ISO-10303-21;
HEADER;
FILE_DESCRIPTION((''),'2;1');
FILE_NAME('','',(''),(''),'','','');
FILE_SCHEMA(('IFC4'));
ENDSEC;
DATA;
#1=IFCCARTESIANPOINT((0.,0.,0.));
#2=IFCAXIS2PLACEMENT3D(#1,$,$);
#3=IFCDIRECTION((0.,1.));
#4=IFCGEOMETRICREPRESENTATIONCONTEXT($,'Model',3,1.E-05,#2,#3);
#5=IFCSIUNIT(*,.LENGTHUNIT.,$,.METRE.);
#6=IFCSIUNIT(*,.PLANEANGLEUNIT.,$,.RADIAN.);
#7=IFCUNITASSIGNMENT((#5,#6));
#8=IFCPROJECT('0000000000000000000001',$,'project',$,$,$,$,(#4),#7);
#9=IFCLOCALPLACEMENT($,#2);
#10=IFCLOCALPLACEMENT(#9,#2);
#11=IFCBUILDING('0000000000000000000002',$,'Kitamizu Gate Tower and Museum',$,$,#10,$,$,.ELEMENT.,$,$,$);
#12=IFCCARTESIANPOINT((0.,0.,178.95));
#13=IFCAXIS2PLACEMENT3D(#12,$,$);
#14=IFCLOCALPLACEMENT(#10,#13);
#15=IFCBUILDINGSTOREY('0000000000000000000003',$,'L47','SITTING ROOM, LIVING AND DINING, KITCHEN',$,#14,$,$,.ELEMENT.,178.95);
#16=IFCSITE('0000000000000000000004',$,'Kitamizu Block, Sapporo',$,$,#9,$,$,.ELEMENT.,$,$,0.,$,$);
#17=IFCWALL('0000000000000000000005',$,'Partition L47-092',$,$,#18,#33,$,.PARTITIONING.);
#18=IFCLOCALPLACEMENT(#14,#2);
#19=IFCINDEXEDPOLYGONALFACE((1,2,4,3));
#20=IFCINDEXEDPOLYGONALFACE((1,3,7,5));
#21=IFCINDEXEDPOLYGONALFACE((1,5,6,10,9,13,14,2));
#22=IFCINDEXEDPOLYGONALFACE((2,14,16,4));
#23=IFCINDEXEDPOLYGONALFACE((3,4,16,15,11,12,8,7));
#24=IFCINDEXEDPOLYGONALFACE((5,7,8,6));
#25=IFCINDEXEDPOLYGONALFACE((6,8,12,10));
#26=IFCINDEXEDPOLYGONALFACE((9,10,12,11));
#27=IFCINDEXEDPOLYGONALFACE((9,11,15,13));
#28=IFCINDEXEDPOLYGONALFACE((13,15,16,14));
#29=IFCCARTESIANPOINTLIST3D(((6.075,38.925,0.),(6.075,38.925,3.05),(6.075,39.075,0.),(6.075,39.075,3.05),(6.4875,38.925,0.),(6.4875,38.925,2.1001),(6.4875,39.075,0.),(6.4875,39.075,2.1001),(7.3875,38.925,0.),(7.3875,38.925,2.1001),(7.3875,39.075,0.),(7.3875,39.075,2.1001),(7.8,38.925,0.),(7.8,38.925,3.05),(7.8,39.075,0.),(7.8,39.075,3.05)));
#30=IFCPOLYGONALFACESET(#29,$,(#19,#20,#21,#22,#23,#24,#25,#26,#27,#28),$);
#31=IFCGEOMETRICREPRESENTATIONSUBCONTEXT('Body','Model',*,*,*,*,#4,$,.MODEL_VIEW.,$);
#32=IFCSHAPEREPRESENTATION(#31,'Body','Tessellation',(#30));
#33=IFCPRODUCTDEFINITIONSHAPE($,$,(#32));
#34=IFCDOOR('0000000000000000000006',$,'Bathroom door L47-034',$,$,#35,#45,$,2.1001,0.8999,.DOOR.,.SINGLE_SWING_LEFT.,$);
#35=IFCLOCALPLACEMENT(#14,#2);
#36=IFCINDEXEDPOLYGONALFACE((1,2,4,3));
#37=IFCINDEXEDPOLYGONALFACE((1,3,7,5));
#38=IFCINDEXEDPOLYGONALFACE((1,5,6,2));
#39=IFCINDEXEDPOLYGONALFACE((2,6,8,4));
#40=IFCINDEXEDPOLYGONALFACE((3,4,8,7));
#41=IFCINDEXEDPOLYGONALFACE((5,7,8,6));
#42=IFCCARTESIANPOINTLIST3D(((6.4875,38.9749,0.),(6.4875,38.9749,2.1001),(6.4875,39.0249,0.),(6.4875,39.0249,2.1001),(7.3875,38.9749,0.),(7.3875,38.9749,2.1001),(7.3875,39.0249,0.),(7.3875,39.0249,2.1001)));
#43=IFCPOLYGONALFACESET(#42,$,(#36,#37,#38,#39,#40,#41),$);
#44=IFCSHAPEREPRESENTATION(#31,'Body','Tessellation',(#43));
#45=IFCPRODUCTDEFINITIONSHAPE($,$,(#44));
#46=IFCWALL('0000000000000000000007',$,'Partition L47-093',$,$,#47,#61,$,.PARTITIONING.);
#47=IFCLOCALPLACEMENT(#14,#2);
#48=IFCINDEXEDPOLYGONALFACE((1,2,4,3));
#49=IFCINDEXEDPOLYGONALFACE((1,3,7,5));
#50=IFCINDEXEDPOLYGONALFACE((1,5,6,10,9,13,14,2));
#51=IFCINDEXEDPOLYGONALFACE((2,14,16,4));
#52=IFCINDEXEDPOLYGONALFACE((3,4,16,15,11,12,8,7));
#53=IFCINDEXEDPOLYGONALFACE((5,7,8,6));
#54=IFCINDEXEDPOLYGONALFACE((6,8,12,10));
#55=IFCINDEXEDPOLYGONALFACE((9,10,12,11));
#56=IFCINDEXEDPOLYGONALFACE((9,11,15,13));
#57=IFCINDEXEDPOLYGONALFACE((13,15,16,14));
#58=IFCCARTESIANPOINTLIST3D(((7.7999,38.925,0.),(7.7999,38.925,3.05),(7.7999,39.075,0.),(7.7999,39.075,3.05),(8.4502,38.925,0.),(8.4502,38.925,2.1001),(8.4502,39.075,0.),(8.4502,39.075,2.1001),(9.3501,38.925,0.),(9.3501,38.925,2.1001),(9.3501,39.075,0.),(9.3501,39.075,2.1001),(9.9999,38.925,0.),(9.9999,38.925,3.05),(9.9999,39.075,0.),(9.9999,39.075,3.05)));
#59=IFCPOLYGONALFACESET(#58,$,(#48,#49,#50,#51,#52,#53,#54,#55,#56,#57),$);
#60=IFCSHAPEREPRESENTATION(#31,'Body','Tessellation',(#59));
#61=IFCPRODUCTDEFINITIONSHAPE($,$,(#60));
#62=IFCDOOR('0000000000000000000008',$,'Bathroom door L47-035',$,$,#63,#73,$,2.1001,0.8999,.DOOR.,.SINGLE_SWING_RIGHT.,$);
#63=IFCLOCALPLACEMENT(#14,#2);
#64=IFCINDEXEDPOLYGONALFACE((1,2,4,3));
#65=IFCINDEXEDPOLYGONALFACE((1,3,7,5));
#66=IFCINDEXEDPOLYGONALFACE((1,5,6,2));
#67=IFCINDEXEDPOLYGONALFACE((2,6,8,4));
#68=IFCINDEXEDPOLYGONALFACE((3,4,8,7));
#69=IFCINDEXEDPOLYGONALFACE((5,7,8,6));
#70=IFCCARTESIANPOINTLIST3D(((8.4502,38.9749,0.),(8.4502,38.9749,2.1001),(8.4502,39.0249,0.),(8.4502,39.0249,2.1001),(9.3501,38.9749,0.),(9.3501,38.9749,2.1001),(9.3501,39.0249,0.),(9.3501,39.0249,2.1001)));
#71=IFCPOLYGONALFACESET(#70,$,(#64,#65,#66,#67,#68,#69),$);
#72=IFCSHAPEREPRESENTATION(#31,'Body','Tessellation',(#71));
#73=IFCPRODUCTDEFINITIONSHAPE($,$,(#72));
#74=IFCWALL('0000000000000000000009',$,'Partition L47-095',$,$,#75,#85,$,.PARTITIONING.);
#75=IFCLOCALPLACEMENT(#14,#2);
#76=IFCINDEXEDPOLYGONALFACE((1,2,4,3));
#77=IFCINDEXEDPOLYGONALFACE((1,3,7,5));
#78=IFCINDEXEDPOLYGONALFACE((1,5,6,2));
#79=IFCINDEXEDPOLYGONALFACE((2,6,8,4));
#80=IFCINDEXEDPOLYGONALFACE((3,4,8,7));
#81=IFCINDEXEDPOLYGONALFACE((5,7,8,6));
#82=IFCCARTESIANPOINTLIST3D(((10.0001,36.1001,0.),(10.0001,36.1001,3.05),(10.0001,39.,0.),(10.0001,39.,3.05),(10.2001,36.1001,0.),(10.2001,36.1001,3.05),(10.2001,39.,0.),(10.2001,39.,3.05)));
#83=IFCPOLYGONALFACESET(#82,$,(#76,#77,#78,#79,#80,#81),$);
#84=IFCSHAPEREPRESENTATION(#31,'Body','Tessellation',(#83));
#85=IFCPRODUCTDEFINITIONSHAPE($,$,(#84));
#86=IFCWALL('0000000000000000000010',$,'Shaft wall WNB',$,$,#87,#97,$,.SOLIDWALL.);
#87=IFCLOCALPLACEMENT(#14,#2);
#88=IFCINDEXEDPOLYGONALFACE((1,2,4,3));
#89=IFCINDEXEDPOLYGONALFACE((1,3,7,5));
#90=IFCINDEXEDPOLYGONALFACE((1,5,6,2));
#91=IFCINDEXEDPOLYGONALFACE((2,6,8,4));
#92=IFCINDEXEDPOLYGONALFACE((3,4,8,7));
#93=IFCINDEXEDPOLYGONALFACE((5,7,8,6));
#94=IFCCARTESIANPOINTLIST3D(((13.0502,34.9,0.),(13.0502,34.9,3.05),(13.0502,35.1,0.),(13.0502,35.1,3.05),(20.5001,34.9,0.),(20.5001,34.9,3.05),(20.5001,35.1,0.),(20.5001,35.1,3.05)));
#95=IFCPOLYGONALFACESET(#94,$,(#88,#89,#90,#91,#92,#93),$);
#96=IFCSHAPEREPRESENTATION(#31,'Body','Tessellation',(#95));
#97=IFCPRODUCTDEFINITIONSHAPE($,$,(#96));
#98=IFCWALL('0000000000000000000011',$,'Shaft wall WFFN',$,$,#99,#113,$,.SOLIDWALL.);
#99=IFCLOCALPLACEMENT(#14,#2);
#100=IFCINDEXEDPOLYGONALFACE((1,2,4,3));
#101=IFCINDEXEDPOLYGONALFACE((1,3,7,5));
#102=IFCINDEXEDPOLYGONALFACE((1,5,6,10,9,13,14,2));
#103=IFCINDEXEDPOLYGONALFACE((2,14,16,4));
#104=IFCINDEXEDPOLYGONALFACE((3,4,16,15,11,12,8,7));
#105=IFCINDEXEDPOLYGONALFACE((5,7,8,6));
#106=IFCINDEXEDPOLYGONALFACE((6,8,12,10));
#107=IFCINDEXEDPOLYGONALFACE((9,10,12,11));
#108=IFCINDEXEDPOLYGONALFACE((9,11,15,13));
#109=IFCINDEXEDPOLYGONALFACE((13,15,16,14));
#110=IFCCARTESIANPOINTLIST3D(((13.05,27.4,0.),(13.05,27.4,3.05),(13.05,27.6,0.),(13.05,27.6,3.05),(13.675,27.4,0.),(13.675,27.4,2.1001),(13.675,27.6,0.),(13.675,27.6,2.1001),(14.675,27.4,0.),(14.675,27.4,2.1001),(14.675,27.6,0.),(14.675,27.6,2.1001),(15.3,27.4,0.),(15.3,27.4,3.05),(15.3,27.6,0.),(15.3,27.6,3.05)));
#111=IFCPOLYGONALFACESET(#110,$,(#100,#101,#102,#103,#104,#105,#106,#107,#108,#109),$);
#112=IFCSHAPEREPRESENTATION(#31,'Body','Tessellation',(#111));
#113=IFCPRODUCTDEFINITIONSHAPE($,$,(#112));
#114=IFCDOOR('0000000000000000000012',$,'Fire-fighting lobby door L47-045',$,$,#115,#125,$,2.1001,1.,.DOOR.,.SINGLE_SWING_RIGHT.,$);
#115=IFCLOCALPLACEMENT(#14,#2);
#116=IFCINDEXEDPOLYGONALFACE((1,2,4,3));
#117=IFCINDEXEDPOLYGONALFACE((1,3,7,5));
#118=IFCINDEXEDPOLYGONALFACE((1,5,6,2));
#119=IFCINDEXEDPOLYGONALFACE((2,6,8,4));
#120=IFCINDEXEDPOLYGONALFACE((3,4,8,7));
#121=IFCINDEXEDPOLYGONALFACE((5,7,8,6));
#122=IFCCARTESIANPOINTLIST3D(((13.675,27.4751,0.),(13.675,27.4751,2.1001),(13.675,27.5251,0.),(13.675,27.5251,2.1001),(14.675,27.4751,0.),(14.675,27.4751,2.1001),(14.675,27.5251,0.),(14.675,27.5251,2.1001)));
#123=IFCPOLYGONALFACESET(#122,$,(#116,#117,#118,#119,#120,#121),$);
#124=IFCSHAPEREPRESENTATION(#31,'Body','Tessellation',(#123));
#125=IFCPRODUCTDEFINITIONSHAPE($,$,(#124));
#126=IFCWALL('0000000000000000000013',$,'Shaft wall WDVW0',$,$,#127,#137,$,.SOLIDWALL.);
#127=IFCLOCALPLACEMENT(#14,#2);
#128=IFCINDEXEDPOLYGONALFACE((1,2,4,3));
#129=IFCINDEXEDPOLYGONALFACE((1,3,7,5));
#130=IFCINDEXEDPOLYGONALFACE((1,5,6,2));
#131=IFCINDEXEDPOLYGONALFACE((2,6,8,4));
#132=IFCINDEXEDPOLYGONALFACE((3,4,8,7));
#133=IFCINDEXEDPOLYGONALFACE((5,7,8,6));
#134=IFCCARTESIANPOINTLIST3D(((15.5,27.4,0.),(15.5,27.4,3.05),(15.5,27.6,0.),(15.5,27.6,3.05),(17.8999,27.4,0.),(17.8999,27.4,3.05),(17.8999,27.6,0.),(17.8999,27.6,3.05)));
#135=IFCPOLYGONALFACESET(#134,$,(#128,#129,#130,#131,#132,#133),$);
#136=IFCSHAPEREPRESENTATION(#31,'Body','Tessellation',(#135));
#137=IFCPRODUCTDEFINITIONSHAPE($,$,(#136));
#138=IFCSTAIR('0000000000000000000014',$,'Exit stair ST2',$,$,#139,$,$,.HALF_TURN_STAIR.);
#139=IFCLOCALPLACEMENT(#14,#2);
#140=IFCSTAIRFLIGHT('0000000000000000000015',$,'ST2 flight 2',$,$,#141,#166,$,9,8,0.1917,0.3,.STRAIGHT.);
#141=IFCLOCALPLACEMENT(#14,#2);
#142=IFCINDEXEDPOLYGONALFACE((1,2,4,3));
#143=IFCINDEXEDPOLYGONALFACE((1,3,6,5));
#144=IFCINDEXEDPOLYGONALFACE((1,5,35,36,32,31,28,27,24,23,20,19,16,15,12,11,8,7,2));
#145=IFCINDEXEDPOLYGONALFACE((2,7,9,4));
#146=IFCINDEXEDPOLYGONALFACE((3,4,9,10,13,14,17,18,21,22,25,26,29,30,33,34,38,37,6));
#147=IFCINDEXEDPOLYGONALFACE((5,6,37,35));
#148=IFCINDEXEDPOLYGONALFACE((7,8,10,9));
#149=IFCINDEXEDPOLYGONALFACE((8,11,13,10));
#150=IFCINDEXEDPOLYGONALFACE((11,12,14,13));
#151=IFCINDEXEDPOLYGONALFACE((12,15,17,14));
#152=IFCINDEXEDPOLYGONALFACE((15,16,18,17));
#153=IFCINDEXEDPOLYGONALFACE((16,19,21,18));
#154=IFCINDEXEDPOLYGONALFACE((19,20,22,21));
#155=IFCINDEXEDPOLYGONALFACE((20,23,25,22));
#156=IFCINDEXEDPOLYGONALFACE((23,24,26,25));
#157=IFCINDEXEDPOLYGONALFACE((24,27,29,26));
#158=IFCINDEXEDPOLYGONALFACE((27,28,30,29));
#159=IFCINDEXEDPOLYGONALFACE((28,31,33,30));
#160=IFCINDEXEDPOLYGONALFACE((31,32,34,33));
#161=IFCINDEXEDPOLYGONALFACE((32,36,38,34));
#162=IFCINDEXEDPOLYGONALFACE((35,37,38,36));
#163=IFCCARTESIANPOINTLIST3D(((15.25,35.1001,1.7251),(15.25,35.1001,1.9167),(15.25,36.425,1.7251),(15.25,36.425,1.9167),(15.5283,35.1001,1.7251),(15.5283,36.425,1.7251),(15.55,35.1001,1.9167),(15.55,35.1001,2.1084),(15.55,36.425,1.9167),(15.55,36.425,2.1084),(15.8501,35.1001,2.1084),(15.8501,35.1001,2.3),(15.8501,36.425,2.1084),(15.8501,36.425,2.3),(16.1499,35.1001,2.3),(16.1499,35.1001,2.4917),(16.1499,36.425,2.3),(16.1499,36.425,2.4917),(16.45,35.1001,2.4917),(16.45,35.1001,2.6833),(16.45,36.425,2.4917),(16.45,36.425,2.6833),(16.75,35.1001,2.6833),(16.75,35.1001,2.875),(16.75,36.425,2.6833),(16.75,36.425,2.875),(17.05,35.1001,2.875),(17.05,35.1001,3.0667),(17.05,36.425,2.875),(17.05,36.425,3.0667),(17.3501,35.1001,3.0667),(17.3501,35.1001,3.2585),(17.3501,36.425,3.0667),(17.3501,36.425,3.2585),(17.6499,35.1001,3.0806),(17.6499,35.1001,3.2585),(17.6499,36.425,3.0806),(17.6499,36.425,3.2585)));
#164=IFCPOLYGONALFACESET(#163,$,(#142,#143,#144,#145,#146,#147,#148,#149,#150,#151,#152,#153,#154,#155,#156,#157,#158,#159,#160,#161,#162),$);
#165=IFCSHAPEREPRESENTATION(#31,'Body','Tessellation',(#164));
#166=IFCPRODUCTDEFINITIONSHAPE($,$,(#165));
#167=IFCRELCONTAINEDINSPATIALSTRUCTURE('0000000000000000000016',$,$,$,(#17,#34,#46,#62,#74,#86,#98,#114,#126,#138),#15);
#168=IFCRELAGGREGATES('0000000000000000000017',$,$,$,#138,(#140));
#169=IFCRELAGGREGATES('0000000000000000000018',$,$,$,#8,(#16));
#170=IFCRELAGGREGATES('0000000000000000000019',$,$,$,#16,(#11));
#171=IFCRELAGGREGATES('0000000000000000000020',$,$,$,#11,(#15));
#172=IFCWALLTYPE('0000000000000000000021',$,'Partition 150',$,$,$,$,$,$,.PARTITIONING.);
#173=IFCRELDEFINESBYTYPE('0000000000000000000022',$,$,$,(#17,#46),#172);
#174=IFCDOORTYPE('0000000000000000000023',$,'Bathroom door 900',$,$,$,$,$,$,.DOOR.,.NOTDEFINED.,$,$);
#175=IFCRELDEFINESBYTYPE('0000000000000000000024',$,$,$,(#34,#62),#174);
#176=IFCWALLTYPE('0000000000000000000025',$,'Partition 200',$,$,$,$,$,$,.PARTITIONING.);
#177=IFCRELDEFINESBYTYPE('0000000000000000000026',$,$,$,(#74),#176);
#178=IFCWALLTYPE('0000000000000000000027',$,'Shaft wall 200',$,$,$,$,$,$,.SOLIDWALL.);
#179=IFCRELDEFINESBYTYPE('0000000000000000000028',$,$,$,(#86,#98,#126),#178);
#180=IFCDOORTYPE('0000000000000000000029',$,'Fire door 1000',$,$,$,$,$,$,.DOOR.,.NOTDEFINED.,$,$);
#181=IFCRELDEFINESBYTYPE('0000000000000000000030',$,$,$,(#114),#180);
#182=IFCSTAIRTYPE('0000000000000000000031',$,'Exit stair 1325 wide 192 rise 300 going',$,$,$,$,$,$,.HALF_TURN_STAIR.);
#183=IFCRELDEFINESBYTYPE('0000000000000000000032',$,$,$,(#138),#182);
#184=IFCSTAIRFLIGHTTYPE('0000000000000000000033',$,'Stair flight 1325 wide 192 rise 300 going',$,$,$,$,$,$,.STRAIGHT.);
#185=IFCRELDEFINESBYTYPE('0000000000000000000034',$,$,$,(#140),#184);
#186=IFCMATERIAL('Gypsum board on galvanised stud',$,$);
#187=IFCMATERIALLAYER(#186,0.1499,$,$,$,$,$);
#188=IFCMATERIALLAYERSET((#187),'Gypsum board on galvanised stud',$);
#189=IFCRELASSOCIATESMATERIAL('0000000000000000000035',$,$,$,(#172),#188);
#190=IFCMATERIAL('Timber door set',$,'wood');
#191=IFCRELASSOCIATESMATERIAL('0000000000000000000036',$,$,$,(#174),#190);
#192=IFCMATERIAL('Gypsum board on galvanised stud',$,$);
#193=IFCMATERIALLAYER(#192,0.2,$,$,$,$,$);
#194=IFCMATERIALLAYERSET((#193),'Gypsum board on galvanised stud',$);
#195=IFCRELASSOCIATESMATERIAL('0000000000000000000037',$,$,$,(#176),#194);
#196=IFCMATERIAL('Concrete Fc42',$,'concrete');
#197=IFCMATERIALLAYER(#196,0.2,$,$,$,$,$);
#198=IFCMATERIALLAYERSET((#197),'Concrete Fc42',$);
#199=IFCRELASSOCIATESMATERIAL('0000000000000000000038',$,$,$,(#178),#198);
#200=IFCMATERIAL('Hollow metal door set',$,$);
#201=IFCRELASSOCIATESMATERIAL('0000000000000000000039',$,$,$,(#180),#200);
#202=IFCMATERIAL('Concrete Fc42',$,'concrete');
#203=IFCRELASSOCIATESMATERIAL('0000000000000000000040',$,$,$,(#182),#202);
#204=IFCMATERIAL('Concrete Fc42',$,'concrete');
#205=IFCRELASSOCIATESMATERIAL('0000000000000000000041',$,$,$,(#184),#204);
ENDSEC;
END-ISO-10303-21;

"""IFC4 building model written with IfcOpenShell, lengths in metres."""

from ifc_helpers import new_model, si_unit, direction, frame, frame_2d, origin, place, context, subcontext, project, spatial, polyline, rectangle, outline, extrude, material, layer, layer_set, type_object, element, fill, aggregate, save


model = new_model("IFC4")

# Units and contexts
model_context = context("Model", 3, precision=1e-05, world=origin(), true_north=direction((0.0, 1.0)))
body_context = subcontext(model_context, "Body", "Model", "MODEL_VIEW")
ifc_project = project(units=[si_unit("LENGTHUNIT", "METRE"), si_unit("PLANEANGLEUNIT", "RADIAN")], contexts=[model_context])

# Site, building, storey
site_placement = place(None, origin())
site = spatial("IfcSite", under=ifc_project, at=site_placement, Name="Kitamizu Block, Sapporo", CompositionType="ELEMENT", RefElevation=0.0)
building_placement = place(site_placement, origin())
building = spatial("IfcBuilding", under=site, at=building_placement, Name="Kitamizu Gate Tower and Museum", CompositionType="ELEMENT")
storey_placement = place(building_placement, frame((0.0, 0.0, 178.95)))
storey = spatial("IfcBuildingStorey", under=building, at=storey_placement, Name="L47", Description="SITTING ROOM, LIVING AND DINING, KITCHEN", CompositionType="ELEMENT", Elevation=178.95)

# Shared definitions
ifc_material_1 = material(Name="Gypsum board on galvanised stud")
ifc_layer_1 = layer(ifc_material_1, 0.1499)
ifc_layer_set_1 = layer_set([ifc_layer_1], Name="Gypsum board on galvanised stud")
wall_type_1 = type_object("IfcWallType", Name="Partition 150", PredefinedType="PARTITIONING", material=ifc_layer_set_1)

# Walls, openings, doors
wall_1_placement = place(storey_placement, frame((7.8, 39.0, 0.0), z_axis=(0.0, 0.0, 1.0), x_axis=(-1.0, 0.0, 0.0)))
wall_1 = element("IfcWall", 1, at=wall_1_placement, inside=storey, type_object=wall_type_1, Name="Partition L47-092", PredefinedType="PARTITIONING", context=body_context, shape_type="SweptSolid", body=[
    extrude(rectangle(XDim=1.7251, YDim=0.1499, at=frame_2d((0.8625, 0.0))), origin(), (0.0, 0.0, 1.0), 3.05),
])
opening_1_placement = place(wall_1_placement, frame((0.4126, 0.0, 0.0)))
opening_1 = element("IfcOpeningElement", 2, at=opening_1_placement, cuts=wall_1, PredefinedType="OPENING", context=body_context, shape_type="SweptSolid", body=[
    extrude(rectangle(XDim=0.8999, YDim=2.1001, at=frame_2d((0.45, 1.05))), frame((0.0, 0.085, 0.0), z_axis=(0.0, -1.0, 0.0), x_axis=(1.0, 0.0, 0.0)), (0.0, 0.0, 1.0), 0.1699),
])
ifc_material_2 = material(Name="Timber door set", Category="wood")
door_type_1 = type_object("IfcDoorType", Name="Bathroom door 900", OperationType="NOTDEFINED", PredefinedType="DOOR", material=ifc_material_2)
door_1_placement = place(opening_1_placement, frame((0.8999, 0.0, 0.0), x_axis=(-1.0, 0.0, 0.0)))
door_1 = element("IfcDoor", 3, at=door_1_placement, inside=storey, type_object=door_type_1, Name="Bathroom door L47-034", OperationType="SINGLE_SWING_LEFT", OverallHeight=2.1001, OverallWidth=0.8999, PredefinedType="DOOR", context=body_context, shape_type="SweptSolid", body=[
    extrude(rectangle(XDim=0.8999, YDim=2.1001, at=frame_2d((0.45, 1.05))), frame((0.0, 0.0249, 0.0), z_axis=(0.0, -1.0, 0.0), x_axis=(1.0, 0.0, 0.0)), (0.0, 0.0, 1.0), 0.05),
])
fill(opening_1, door_1)
wall_2_placement = place(storey_placement, frame((10.0, 39.0, 0.0), z_axis=(0.0, 0.0, 1.0), x_axis=(-1.0, 0.0, 0.0)))
wall_2 = element("IfcWall", 4, at=wall_2_placement, inside=storey, type_object=wall_type_1, Name="Partition L47-093", PredefinedType="PARTITIONING", context=body_context, shape_type="SweptSolid", body=[
    extrude(rectangle(XDim=2.2, YDim=0.1499, at=frame_2d((1.1001, 0.0))), origin(), (0.0, 0.0, 1.0), 3.05),
])
opening_2_placement = place(wall_2_placement, frame((0.6499, 0.0, 0.0)))
opening_2 = element("IfcOpeningElement", 5, at=opening_2_placement, cuts=wall_2, PredefinedType="OPENING", context=body_context, shape_type="SweptSolid", body=[
    extrude(rectangle(XDim=0.8999, YDim=2.1001, at=frame_2d((0.45, 1.05))), frame((0.0, 0.085, 0.0), z_axis=(0.0, -1.0, 0.0), x_axis=(1.0, 0.0, 0.0)), (0.0, 0.0, 1.0), 0.1699),
])
door_2_placement = place(opening_2_placement, frame((0.8999, 0.0, 0.0), x_axis=(-1.0, 0.0, 0.0)))
door_2 = element("IfcDoor", 6, at=door_2_placement, inside=storey, type_object=door_type_1, Name="Bathroom door L47-035", OperationType="SINGLE_SWING_RIGHT", OverallHeight=2.1001, OverallWidth=0.8999, PredefinedType="DOOR", context=body_context, shape_type="SweptSolid", body=[
    extrude(rectangle(XDim=0.8999, YDim=2.1001, at=frame_2d((0.45, 1.05))), frame((0.0, 0.0249, 0.0), z_axis=(0.0, -1.0, 0.0), x_axis=(1.0, 0.0, 0.0)), (0.0, 0.0, 1.0), 0.05),
])
fill(opening_2, door_2)

# Walls
ifc_material_3 = material(Name="Gypsum board on galvanised stud")
ifc_layer_2 = layer(ifc_material_3, 0.2)
ifc_layer_set_2 = layer_set([ifc_layer_2], Name="Gypsum board on galvanised stud")
wall_type_2 = type_object("IfcWallType", Name="Partition 200", PredefinedType="PARTITIONING", material=ifc_layer_set_2)
wall_3_placement = place(storey_placement, frame((10.1001, 36.1001, 0.0), z_axis=(0.0, 0.0, 1.0), x_axis=(0.0, 1.0, 0.0)))
element("IfcWall", 7, at=wall_3_placement, inside=storey, type_object=wall_type_2, Name="Partition L47-095", PredefinedType="PARTITIONING", context=body_context, shape_type="SweptSolid", body=[
    extrude(rectangle(XDim=2.8999, YDim=0.2, at=frame_2d((1.45, 0.0))), origin(), (0.0, 0.0, 1.0), 3.05),
])
ifc_material_4 = material(Name="Concrete Fc42", Category="concrete")
ifc_layer_3 = layer(ifc_material_4, 0.2)
ifc_layer_set_3 = layer_set([ifc_layer_3], Name="Concrete Fc42")
wall_type_3 = type_object("IfcWallType", Name="Shaft wall 200", PredefinedType="SOLIDWALL", material=ifc_layer_set_3)
wall_4_placement = place(storey_placement, frame((13.05, 35.0, 0.0), z_axis=(0.0, 0.0, 1.0), x_axis=(1.0, 0.0, 0.0)))
element("IfcWall", 8, at=wall_4_placement, inside=storey, type_object=wall_type_3, Name="Shaft wall WNB", PredefinedType="SOLIDWALL", context=body_context, shape_type="SweptSolid", body=[
    extrude(rectangle(XDim=7.45, YDim=0.2, at=frame_2d((3.7251, 0.0))), origin(), (0.0, 0.0, 1.0), 3.05),
])

# Wall, opening, door
wall_5_placement = place(storey_placement, frame((13.05, 27.5, 0.0), z_axis=(0.0, 0.0, 1.0), x_axis=(1.0, 0.0, 0.0)))
wall_5 = element("IfcWall", 9, at=wall_5_placement, inside=storey, type_object=wall_type_3, Name="Shaft wall WFFN", PredefinedType="SOLIDWALL", context=body_context, shape_type="SweptSolid", body=[
    extrude(rectangle(XDim=2.25, YDim=0.2, at=frame_2d((1.125, 0.0))), origin(), (0.0, 0.0, 1.0), 3.05),
])
opening_3_placement = place(wall_5_placement, frame((0.625, 0.0, 0.0)))
opening_3 = element("IfcOpeningElement", 10, at=opening_3_placement, cuts=wall_5, PredefinedType="OPENING", context=body_context, shape_type="SweptSolid", body=[
    extrude(rectangle(XDim=1.0, YDim=2.1001, at=frame_2d((0.5, 1.05))), frame((0.0, 0.1099, 0.0), z_axis=(0.0, -1.0, 0.0), x_axis=(1.0, 0.0, 0.0)), (0.0, 0.0, 1.0), 0.22),
])
ifc_material_5 = material(Name="Hollow metal door set")
door_type_2 = type_object("IfcDoorType", Name="Fire door 1000", OperationType="NOTDEFINED", PredefinedType="DOOR", material=ifc_material_5)
door_3_placement = place(opening_3_placement, frame((1.0, 0.0, 0.0), x_axis=(-1.0, 0.0, 0.0)))
door_3 = element("IfcDoor", 11, at=door_3_placement, inside=storey, type_object=door_type_2, Name="Fire-fighting lobby door L47-045", OperationType="SINGLE_SWING_RIGHT", OverallHeight=2.1001, OverallWidth=1.0, PredefinedType="DOOR", context=body_context, shape_type="SweptSolid", body=[
    extrude(rectangle(XDim=1.0, YDim=2.1001, at=frame_2d((0.5, 1.05))), frame((0.0, 0.0249, 0.0), z_axis=(0.0, -1.0, 0.0), x_axis=(1.0, 0.0, 0.0)), (0.0, 0.0, 1.0), 0.05),
])
fill(opening_3, door_3)

# Wall
wall_6_placement = place(storey_placement, frame((15.5, 27.5, 0.0), z_axis=(0.0, 0.0, 1.0), x_axis=(1.0, 0.0, 0.0)))
element("IfcWall", 12, at=wall_6_placement, inside=storey, type_object=wall_type_3, Name="Shaft wall WDVW0", PredefinedType="SOLIDWALL", context=body_context, shape_type="SweptSolid", body=[
    extrude(rectangle(XDim=2.3999, YDim=0.2, at=frame_2d((1.2, 0.0))), origin(), (0.0, 0.0, 1.0), 3.05),
])

# Stair, stair flight
ifc_material_6 = material(Name="Concrete Fc42", Category="concrete")
stair_type = type_object("IfcStairType", Name="Exit stair 1325 wide 192 rise 300 going", PredefinedType="HALF_TURN_STAIR", material=ifc_material_6)
stair_placement = place(storey_placement, origin())
stair = element("IfcStair", 13, at=stair_placement, inside=storey, type_object=stair_type, Name="Exit stair ST2", PredefinedType="HALF_TURN_STAIR")
ifc_material_7 = material(Name="Concrete Fc42", Category="concrete")
stair_flight_type = type_object("IfcStairFlightType", Name="Stair flight 1325 wide 192 rise 300 going", PredefinedType="STRAIGHT", material=ifc_material_7)
stair_flight_placement = place(storey_placement, frame((15.25, 35.7625, 1.7251), z_axis=(0.0, 0.0, 1.0), x_axis=(1.0, 0.0, 0.0)))
stair_flight = element("IfcStairFlight", 14, at=stair_flight_placement, type_object=stair_flight_type, Name="ST2 flight 2", NumberOfRisers=9, NumberOfTreads=8, PredefinedType="STRAIGHT", RiserHeight=0.1917, TreadLength=0.3, context=body_context, shape_type="SweptSolid", body=[
    extrude(outline(polyline([(0.0, 0.0), (0.0, 0.1917), (0.3, 0.1917), (0.3, 0.3833), (0.6001, 0.3833), (0.6001, 0.575), (0.8999, 0.575), (0.8999, 0.7666), (1.2, 0.7666), (1.2, 0.9583), (1.5, 0.9583), (1.5, 1.1499), (1.8, 1.1499), (1.8, 1.3416), (2.1001, 1.3416), (2.1001, 1.5334), (2.3999, 1.5334), (2.3999, 1.7251), (2.3999, 1.3555), (0.2783, 0.0), (0.0, 0.0)])), frame((0.0, 0.6626, 0.0), z_axis=(0.0, -1.0, 0.0), x_axis=(1.0, 0.0, 0.0)), (0.0, 0.0, 1.0), 1.325),
])
aggregate(stair, [stair_flight])

save(model, "model.ifc")
